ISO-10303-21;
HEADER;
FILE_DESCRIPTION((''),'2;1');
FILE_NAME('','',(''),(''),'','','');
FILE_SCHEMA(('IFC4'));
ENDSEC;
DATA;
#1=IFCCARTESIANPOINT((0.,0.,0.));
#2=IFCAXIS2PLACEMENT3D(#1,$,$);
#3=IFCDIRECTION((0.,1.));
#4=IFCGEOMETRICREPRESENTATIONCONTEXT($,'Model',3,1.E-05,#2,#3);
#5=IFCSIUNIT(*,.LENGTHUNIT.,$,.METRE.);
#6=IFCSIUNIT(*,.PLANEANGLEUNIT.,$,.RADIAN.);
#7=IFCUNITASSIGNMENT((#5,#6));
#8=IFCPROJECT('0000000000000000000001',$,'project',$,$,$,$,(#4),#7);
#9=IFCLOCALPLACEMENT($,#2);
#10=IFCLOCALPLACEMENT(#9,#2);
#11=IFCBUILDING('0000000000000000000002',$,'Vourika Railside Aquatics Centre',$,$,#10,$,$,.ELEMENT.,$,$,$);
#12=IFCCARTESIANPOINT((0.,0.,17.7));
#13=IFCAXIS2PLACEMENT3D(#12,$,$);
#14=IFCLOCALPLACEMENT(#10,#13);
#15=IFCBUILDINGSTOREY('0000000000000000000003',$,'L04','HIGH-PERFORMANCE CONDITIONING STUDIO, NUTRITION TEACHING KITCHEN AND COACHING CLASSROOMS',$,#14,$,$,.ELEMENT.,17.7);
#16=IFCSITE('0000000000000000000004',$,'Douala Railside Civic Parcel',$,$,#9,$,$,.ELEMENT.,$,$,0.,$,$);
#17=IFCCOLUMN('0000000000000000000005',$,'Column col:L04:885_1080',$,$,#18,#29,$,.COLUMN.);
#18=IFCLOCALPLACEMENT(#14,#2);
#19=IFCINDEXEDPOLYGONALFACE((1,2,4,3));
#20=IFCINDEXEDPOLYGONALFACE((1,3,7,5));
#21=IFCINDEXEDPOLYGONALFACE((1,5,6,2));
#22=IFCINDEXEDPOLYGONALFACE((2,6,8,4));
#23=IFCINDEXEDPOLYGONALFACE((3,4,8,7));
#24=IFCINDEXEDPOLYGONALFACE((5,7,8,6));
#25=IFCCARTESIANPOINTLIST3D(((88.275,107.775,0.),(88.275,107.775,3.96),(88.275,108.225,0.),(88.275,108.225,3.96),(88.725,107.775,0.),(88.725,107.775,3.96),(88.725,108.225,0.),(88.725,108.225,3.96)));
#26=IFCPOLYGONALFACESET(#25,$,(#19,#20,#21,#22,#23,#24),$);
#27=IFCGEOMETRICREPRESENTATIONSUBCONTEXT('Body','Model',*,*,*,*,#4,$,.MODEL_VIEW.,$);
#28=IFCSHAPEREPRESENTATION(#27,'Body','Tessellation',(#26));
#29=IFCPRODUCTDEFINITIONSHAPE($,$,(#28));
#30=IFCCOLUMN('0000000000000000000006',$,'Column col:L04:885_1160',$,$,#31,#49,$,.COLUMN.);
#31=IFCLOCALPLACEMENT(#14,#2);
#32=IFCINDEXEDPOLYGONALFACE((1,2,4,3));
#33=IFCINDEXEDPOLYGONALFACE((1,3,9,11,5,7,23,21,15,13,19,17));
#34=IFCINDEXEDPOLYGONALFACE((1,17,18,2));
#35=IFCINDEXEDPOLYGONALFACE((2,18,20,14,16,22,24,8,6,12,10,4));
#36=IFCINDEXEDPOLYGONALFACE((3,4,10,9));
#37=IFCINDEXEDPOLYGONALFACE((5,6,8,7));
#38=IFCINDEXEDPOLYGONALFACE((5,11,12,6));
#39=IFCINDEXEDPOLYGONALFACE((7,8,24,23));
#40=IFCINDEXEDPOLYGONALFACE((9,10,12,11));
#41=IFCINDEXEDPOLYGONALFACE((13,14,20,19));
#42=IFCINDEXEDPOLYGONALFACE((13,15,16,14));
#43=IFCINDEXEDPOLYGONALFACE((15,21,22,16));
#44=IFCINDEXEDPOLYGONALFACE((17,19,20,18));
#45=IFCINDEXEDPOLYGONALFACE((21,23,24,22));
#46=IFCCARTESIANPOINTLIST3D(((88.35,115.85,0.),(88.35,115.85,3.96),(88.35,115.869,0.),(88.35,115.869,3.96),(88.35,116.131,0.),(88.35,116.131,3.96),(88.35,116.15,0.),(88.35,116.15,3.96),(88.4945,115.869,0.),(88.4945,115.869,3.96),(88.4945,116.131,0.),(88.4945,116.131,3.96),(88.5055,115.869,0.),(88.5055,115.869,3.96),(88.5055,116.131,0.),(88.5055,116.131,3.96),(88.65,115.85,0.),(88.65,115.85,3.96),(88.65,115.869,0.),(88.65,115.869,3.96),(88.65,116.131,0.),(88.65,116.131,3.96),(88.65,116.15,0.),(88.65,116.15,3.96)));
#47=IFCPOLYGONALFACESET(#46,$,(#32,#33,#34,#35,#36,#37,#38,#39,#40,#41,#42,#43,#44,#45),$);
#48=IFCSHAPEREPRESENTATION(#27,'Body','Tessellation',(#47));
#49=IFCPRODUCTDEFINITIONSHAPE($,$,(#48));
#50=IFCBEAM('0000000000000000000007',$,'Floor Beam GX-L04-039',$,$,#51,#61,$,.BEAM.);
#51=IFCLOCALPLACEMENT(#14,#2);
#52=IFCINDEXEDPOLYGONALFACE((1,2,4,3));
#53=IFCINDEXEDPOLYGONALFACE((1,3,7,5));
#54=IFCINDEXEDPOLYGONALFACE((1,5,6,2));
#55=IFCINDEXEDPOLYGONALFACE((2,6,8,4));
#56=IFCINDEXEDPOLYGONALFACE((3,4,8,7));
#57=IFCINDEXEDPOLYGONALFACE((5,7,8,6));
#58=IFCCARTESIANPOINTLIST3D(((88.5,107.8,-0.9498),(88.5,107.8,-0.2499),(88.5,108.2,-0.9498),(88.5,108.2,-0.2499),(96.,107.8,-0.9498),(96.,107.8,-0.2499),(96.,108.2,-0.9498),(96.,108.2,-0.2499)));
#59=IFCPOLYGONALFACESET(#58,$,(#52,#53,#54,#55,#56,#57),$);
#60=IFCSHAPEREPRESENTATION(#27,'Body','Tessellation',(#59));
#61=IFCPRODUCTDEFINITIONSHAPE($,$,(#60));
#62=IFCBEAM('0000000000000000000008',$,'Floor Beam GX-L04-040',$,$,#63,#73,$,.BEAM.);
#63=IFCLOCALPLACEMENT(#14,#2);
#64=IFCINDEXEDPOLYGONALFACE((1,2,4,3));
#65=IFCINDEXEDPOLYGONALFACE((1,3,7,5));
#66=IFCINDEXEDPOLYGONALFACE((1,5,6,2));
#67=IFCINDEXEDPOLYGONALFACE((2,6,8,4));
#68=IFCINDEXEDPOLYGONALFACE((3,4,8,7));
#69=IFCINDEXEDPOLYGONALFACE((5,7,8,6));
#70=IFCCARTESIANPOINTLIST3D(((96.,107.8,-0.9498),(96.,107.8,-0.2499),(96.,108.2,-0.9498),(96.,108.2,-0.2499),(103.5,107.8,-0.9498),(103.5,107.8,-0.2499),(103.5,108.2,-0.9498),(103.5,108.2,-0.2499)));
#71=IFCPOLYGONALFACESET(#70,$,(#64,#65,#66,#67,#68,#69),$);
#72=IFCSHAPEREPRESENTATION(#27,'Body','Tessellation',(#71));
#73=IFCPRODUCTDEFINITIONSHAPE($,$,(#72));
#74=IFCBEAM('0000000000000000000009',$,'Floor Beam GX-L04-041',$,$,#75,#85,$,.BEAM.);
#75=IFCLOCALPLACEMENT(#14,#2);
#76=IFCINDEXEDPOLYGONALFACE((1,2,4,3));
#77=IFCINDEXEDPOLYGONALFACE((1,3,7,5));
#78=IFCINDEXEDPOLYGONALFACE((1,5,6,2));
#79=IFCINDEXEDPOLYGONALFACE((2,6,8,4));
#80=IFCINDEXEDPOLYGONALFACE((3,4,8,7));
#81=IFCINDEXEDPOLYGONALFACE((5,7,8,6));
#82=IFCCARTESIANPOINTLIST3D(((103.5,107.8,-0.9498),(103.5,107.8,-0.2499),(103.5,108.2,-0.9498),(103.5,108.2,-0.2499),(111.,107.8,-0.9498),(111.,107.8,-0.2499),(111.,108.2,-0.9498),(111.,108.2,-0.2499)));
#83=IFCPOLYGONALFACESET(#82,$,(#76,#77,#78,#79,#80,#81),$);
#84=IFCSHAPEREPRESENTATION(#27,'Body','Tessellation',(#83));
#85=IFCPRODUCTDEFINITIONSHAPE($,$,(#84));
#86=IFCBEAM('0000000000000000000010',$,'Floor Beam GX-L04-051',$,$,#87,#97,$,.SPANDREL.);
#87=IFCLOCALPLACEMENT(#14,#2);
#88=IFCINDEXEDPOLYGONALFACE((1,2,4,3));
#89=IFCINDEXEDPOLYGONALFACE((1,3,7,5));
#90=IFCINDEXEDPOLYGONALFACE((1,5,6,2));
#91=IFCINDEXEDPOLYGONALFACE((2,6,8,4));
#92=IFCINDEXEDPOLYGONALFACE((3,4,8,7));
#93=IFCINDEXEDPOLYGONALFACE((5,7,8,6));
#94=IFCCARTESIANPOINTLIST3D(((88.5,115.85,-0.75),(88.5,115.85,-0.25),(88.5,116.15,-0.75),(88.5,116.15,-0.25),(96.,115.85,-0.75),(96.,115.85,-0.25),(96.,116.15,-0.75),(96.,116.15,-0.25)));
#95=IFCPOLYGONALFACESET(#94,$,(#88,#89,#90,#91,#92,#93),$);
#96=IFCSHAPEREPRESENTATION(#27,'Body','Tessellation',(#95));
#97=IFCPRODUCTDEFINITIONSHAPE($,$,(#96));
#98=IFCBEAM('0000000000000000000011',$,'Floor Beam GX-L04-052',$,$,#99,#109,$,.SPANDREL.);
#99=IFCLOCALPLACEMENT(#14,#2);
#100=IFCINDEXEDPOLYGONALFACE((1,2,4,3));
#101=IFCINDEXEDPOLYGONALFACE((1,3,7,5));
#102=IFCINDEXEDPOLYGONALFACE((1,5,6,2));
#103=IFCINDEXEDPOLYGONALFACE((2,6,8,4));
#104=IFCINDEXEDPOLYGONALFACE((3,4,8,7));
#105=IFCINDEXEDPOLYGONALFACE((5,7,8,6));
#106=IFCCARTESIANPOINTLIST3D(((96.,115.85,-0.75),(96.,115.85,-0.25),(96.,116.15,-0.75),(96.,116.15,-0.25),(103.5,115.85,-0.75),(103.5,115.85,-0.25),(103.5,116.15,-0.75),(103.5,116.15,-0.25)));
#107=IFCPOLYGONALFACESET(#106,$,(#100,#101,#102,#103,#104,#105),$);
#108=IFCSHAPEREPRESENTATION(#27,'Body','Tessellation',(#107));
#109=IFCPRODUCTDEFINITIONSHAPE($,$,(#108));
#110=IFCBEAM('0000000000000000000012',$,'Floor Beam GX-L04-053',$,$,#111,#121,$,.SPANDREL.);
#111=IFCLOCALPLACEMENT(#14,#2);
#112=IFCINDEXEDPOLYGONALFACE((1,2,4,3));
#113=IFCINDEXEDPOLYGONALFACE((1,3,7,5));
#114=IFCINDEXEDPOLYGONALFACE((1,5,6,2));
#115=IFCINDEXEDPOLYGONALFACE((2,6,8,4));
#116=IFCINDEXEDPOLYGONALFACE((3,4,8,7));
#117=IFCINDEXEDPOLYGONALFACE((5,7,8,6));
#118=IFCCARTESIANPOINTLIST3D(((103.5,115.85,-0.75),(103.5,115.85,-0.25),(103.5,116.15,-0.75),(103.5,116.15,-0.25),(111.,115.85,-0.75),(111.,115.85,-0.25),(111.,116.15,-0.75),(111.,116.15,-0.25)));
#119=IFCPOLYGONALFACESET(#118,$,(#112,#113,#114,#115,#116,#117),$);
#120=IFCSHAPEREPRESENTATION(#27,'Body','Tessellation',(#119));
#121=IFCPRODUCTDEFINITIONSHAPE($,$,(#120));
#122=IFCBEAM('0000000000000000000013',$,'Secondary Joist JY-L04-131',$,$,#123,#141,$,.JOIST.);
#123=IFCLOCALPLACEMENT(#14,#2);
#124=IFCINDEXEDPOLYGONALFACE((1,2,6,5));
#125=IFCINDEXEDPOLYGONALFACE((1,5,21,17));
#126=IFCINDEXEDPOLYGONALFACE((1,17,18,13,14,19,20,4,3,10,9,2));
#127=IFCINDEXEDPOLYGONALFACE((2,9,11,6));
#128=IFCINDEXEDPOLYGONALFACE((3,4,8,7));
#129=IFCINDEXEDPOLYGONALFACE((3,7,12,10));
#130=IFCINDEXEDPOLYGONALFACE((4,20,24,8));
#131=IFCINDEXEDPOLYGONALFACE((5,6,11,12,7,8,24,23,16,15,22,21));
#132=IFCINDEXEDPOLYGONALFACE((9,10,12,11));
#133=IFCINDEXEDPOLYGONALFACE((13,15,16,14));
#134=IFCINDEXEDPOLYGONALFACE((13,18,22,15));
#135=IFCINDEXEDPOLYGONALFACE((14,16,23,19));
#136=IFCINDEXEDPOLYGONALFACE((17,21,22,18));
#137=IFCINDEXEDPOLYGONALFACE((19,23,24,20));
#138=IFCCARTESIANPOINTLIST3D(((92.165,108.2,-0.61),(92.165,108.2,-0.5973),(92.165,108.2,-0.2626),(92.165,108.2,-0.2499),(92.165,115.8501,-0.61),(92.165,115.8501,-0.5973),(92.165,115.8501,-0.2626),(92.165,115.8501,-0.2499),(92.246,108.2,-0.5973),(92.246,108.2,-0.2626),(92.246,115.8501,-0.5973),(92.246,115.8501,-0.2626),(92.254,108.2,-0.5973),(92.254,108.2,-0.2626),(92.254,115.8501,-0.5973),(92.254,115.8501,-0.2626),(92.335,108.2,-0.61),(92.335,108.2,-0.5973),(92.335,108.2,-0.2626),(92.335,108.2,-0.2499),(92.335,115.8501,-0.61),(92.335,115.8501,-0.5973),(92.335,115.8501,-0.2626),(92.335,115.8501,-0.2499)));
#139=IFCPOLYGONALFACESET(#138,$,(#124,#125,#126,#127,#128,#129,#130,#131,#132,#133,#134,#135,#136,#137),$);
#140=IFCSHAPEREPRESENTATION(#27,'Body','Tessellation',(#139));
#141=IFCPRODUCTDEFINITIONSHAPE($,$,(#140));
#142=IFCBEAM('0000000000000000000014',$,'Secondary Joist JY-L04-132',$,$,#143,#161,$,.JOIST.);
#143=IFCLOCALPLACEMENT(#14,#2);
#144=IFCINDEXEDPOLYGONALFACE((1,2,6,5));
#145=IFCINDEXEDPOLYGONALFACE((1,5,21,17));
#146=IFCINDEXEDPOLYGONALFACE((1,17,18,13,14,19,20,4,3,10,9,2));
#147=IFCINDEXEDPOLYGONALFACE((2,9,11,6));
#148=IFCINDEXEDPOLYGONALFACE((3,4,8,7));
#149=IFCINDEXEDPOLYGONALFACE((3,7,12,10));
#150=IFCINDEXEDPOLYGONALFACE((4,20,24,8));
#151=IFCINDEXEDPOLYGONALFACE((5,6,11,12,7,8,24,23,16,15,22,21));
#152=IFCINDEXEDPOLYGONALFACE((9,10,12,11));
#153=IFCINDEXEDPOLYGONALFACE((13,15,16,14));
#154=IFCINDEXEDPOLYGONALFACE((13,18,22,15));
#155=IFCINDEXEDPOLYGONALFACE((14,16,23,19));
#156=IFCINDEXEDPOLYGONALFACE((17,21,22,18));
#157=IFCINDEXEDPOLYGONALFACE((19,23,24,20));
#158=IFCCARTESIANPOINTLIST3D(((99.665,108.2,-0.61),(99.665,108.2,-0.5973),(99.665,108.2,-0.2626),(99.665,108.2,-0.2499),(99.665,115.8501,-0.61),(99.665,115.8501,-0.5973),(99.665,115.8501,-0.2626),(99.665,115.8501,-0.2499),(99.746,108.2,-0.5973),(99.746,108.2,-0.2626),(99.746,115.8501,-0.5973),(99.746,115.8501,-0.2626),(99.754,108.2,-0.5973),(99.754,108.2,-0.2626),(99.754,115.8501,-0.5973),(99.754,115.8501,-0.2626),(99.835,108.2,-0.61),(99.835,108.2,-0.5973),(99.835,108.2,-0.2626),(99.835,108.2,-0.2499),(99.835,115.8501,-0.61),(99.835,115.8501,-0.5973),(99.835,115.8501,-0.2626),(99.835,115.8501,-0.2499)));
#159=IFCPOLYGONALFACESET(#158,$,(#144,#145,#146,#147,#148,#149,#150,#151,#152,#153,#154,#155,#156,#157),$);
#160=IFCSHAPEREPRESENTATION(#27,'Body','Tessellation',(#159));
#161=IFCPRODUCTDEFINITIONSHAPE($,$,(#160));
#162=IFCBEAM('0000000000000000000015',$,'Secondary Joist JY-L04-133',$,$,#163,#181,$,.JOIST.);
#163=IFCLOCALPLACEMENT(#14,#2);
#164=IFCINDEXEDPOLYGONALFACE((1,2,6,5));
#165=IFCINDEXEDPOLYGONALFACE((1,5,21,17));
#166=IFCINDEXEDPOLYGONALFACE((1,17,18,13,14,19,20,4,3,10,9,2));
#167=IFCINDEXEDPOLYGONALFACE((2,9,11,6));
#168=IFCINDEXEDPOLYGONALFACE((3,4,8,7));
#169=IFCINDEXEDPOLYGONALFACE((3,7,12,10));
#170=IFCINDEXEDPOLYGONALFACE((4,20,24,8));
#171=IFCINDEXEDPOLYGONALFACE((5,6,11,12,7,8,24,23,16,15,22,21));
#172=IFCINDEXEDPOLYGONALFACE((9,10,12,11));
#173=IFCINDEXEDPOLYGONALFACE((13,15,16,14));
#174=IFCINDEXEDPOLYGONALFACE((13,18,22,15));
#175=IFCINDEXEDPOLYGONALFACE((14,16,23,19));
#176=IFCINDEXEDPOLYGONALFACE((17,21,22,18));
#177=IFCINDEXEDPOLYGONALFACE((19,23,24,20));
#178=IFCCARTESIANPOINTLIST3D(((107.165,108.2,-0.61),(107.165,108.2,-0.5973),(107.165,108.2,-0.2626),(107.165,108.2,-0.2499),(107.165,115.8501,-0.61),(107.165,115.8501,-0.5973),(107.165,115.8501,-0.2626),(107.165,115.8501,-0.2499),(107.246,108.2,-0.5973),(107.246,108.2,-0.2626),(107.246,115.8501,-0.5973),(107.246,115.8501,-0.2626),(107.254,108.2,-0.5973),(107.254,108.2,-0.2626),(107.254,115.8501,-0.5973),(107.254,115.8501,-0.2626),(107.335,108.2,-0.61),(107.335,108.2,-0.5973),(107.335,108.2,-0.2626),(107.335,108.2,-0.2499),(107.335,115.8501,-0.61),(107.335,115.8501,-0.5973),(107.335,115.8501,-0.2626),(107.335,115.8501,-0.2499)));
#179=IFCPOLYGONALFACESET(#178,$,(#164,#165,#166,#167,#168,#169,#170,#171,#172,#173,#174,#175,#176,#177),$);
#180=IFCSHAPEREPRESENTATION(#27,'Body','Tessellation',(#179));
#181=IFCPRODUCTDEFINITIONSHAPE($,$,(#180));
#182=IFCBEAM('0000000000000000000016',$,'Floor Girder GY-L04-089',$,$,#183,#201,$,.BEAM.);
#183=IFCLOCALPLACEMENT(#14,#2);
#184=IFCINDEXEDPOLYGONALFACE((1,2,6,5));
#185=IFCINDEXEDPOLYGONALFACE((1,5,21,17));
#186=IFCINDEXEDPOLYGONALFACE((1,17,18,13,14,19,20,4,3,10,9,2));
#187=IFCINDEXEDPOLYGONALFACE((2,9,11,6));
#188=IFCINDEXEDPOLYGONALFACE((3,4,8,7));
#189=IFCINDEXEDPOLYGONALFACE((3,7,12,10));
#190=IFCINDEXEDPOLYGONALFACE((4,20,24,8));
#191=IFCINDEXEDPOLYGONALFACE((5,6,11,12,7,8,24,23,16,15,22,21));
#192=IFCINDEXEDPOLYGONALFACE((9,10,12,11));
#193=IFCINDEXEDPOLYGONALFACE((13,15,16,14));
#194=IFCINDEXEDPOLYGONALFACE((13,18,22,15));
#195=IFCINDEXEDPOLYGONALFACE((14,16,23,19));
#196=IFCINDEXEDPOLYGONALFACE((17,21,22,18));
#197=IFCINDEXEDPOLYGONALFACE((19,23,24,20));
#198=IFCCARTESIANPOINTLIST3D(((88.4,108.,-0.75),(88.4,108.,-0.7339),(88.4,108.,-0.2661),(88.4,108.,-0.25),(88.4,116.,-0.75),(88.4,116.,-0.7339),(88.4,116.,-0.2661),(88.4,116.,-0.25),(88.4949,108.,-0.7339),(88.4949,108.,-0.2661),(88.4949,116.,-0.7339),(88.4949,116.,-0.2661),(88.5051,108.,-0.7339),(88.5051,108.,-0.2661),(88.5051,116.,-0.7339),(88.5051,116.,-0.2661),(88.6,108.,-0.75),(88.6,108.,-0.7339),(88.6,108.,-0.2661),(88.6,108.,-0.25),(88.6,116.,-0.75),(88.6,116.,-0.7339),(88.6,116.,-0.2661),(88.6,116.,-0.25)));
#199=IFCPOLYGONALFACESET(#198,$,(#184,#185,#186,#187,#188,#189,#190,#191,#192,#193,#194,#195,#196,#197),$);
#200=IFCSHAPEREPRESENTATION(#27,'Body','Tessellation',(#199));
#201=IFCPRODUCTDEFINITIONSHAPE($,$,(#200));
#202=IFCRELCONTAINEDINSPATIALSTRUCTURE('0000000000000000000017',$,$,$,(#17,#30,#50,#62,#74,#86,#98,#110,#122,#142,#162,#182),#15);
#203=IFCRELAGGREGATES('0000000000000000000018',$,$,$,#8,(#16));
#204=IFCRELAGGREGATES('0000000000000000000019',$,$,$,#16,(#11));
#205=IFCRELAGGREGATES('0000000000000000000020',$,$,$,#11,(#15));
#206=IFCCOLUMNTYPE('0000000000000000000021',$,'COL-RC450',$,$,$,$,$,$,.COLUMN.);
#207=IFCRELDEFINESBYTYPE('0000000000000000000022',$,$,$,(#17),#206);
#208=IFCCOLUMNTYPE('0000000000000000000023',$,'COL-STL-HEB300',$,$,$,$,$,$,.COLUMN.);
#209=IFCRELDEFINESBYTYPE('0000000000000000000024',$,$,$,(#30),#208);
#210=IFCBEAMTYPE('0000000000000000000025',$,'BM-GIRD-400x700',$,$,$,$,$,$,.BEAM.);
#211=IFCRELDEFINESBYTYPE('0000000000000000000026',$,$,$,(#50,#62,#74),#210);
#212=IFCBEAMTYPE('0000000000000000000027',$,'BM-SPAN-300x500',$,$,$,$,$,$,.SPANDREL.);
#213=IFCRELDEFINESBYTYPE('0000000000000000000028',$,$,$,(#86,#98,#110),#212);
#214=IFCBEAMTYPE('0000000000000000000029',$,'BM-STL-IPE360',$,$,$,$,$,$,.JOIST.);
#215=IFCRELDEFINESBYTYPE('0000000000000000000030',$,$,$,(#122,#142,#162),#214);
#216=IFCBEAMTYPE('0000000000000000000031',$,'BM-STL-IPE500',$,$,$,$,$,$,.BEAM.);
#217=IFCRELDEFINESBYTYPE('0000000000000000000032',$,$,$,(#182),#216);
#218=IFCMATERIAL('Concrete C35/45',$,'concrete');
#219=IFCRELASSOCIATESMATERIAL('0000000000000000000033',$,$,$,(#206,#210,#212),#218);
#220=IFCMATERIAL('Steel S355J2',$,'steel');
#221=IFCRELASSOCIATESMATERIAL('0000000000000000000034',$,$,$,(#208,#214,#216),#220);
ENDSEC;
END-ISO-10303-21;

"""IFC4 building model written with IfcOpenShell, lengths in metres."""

from ifc_helpers import new_model, si_unit, direction, frame, origin, origin_2d, place, context, subcontext, project, spatial, rectangle, i_section, extrude, material, material_profile, profile_set, type_object, element, save


model = new_model("IFC4")

# Units and contexts
model_context = context("Model", 3, precision=1e-05, world=origin(), true_north=direction((0.0, 1.0)))
body_context = subcontext(model_context, "Body", "Model", "MODEL_VIEW")
ifc_project = project(units=[si_unit("LENGTHUNIT", "METRE"), si_unit("PLANEANGLEUNIT", "RADIAN")], contexts=[model_context])

# Site, building, storey
site_placement = place(None, origin())
site = spatial("IfcSite", under=ifc_project, at=site_placement, Name="Douala Railside Civic Parcel", CompositionType="ELEMENT", RefElevation=0.0)
building_placement = place(site_placement, origin())
building = spatial("IfcBuilding", under=site, at=building_placement, Name="Vourika Railside Aquatics Centre", CompositionType="ELEMENT")
storey_placement = place(building_placement, frame((0.0, 0.0, 17.7)))
storey = spatial("IfcBuildingStorey", under=building, at=storey_placement, Name="L04", Description="HIGH-PERFORMANCE CONDITIONING STUDIO, NUTRITION TEACHING KITCHEN AND COACHING CLASSROOMS", CompositionType="ELEMENT", Elevation=17.7)

# Columns
ifc_material_1 = material(Name="Concrete C35/45", Category="concrete")
ifc_material_profile_1 = material_profile(ifc_material_1, rectangle(XDim=0.45, YDim=0.45, at=origin_2d()), Name="RC 450x450")
ifc_profile_set_1 = profile_set([ifc_material_profile_1], Name="Concrete C35/45")
column_type_1 = type_object("IfcColumnType", Name="COL-RC450", PredefinedType="COLUMN", material=ifc_profile_set_1)
column_1_placement = place(storey_placement, frame((88.5, 108.0, 0.0), z_axis=(0.0, 0.0, 1.0), x_axis=(1.0, 0.0, 0.0)))
element("IfcColumn", 1, at=column_1_placement, inside=storey, type_object=column_type_1, Name="Column col:L04:885_1080", PredefinedType="COLUMN", context=body_context, shape_type="SweptSolid", body=[
    extrude(rectangle(XDim=0.45, YDim=0.45, at=origin_2d()), origin(), (0.0, 0.0, 1.0), 3.96),
])
ifc_material_2 = material(Name="Steel S355J2", Category="steel")
ifc_material_profile_2 = material_profile(ifc_material_2, i_section(OverallWidth=0.3, OverallDepth=0.3, WebThickness=0.011, FlangeThickness=0.019, at=origin_2d()), Name="HEB 300")
ifc_profile_set_2 = profile_set([ifc_material_profile_2], Name="Steel S355J2")
column_type_2 = type_object("IfcColumnType", Name="COL-STL-HEB300", PredefinedType="COLUMN", material=ifc_profile_set_2)
column_2_placement = place(storey_placement, frame((88.5, 116.0, 0.0), z_axis=(0.0, 0.0, 1.0), x_axis=(1.0, 0.0, 0.0)))
element("IfcColumn", 2, at=column_2_placement, inside=storey, type_object=column_type_2, Name="Column col:L04:885_1160", PredefinedType="COLUMN", context=body_context, shape_type="SweptSolid", body=[
    extrude(i_section(OverallWidth=0.3, OverallDepth=0.3, WebThickness=0.011, FlangeThickness=0.019, at=origin_2d()), origin(), (0.0, 0.0, 1.0), 3.96),
])

# Beams
ifc_material_profile_3 = material_profile(ifc_material_1, rectangle(XDim=0.3999, YDim=0.7, at=origin_2d()), Name="RC 400x700")
ifc_profile_set_3 = profile_set([ifc_material_profile_3], Name="Concrete C35/45")
beam_type_1 = type_object("IfcBeamType", Name="BM-GIRD-400x700", PredefinedType="BEAM", material=ifc_profile_set_3)
for number, where, z_axis, x_axis, name in (
    (3, (88.5, 108.0, -0.5999), (1.0, 0.0, 0.0), (0.0, 1.0, 0.0), "Floor Beam GX-L04-039"),
    (4, (96.0, 108.0, -0.5999), (1.0, 0.0, 0.0), (0.0, 1.0, 0.0), "Floor Beam GX-L04-040"),
    (5, (103.5, 108.0, -0.5999), (1.0, 0.0, 0.0), (0.0, 1.0, 0.0), "Floor Beam GX-L04-041"),
):
    element("IfcBeam", number, at=place(storey_placement, frame(where, z_axis=z_axis, x_axis=x_axis)), inside=storey, type_object=beam_type_1, Name=name, PredefinedType="BEAM", context=body_context, shape_type="SweptSolid", body=[
        extrude(rectangle(XDim=0.3999, YDim=0.7, at=origin_2d()), origin(), (0.0, 0.0, 1.0), 7.5),
    ])
ifc_material_profile_4 = material_profile(ifc_material_1, rectangle(XDim=0.3, YDim=0.5, at=origin_2d()), Name="RC 300x500")
ifc_profile_set_4 = profile_set([ifc_material_profile_4], Name="Concrete C35/45")
beam_type_2 = type_object("IfcBeamType", Name="BM-SPAN-300x500", PredefinedType="SPANDREL", material=ifc_profile_set_4)
for number, where, z_axis, x_axis, name in (
    (6, (88.5, 116.0, -0.5), (1.0, 0.0, 0.0), (0.0, 1.0, 0.0), "Floor Beam GX-L04-051"),
    (7, (96.0, 116.0, -0.5), (1.0, 0.0, 0.0), (0.0, 1.0, 0.0), "Floor Beam GX-L04-052"),
    (8, (103.5, 116.0, -0.5), (1.0, 0.0, 0.0), (0.0, 1.0, 0.0), "Floor Beam GX-L04-053"),
):
    element("IfcBeam", number, at=place(storey_placement, frame(where, z_axis=z_axis, x_axis=x_axis)), inside=storey, type_object=beam_type_2, Name=name, PredefinedType="SPANDREL", context=body_context, shape_type="SweptSolid", body=[
        extrude(rectangle(XDim=0.3, YDim=0.5, at=origin_2d()), origin(), (0.0, 0.0, 1.0), 7.5),
    ])
ifc_material_profile_5 = material_profile(ifc_material_2, i_section(OverallWidth=0.1699, OverallDepth=0.3601, WebThickness=0.0081, FlangeThickness=0.0127, at=origin_2d()), Name="IPE 360")
ifc_profile_set_5 = profile_set([ifc_material_profile_5], Name="Steel S355J2")
beam_type_3 = type_object("IfcBeamType", Name="BM-STL-IPE360", PredefinedType="JOIST", material=ifc_profile_set_5)
for number, where, z_axis, x_axis, name in (
    (9, (92.25, 108.2, -0.4299), (0.0, 1.0, 0.0), (-1.0, 0.0, 0.0), "Secondary Joist JY-L04-131"),
    (10, (99.75, 108.2, -0.4299), (0.0, 1.0, 0.0), (-1.0, 0.0, 0.0), "Secondary Joist JY-L04-132"),
    (11, (107.25, 108.2, -0.4299), (0.0, 1.0, 0.0), (-1.0, 0.0, 0.0), "Secondary Joist JY-L04-133"),
):
    element("IfcBeam", number, at=place(storey_placement, frame(where, z_axis=z_axis, x_axis=x_axis)), inside=storey, type_object=beam_type_3, Name=name, PredefinedType="JOIST", context=body_context, shape_type="SweptSolid", body=[
        extrude(i_section(OverallWidth=0.1699, OverallDepth=0.3601, WebThickness=0.0081, FlangeThickness=0.0127, at=origin_2d()), origin(), (0.0, 0.0, 1.0), 7.6501),
    ])
ifc_material_profile_6 = material_profile(ifc_material_2, i_section(OverallWidth=0.2, OverallDepth=0.5, WebThickness=0.0103, FlangeThickness=0.0161, at=origin_2d()), Name="IPE 500")
ifc_profile_set_6 = profile_set([ifc_material_profile_6], Name="Steel S355J2")
beam_type_4 = type_object("IfcBeamType", Name="BM-STL-IPE500", PredefinedType="BEAM", material=ifc_profile_set_6)
for number, where, z_axis, x_axis, name in (
    (12, (88.5, 108.0, -0.5), (0.0, 1.0, 0.0), (-1.0, 0.0, 0.0), "Floor Girder GY-L04-089"),
):
    element("IfcBeam", number, at=place(storey_placement, frame(where, z_axis=z_axis, x_axis=x_axis)), inside=storey, type_object=beam_type_4, Name=name, PredefinedType="BEAM", context=body_context, shape_type="SweptSolid", body=[
        extrude(i_section(OverallWidth=0.2, OverallDepth=0.5, WebThickness=0.0103, FlangeThickness=0.0161, at=origin_2d()), origin(), (0.0, 0.0, 1.0), 8.0),
    ])

save(model, "model.ifc")
